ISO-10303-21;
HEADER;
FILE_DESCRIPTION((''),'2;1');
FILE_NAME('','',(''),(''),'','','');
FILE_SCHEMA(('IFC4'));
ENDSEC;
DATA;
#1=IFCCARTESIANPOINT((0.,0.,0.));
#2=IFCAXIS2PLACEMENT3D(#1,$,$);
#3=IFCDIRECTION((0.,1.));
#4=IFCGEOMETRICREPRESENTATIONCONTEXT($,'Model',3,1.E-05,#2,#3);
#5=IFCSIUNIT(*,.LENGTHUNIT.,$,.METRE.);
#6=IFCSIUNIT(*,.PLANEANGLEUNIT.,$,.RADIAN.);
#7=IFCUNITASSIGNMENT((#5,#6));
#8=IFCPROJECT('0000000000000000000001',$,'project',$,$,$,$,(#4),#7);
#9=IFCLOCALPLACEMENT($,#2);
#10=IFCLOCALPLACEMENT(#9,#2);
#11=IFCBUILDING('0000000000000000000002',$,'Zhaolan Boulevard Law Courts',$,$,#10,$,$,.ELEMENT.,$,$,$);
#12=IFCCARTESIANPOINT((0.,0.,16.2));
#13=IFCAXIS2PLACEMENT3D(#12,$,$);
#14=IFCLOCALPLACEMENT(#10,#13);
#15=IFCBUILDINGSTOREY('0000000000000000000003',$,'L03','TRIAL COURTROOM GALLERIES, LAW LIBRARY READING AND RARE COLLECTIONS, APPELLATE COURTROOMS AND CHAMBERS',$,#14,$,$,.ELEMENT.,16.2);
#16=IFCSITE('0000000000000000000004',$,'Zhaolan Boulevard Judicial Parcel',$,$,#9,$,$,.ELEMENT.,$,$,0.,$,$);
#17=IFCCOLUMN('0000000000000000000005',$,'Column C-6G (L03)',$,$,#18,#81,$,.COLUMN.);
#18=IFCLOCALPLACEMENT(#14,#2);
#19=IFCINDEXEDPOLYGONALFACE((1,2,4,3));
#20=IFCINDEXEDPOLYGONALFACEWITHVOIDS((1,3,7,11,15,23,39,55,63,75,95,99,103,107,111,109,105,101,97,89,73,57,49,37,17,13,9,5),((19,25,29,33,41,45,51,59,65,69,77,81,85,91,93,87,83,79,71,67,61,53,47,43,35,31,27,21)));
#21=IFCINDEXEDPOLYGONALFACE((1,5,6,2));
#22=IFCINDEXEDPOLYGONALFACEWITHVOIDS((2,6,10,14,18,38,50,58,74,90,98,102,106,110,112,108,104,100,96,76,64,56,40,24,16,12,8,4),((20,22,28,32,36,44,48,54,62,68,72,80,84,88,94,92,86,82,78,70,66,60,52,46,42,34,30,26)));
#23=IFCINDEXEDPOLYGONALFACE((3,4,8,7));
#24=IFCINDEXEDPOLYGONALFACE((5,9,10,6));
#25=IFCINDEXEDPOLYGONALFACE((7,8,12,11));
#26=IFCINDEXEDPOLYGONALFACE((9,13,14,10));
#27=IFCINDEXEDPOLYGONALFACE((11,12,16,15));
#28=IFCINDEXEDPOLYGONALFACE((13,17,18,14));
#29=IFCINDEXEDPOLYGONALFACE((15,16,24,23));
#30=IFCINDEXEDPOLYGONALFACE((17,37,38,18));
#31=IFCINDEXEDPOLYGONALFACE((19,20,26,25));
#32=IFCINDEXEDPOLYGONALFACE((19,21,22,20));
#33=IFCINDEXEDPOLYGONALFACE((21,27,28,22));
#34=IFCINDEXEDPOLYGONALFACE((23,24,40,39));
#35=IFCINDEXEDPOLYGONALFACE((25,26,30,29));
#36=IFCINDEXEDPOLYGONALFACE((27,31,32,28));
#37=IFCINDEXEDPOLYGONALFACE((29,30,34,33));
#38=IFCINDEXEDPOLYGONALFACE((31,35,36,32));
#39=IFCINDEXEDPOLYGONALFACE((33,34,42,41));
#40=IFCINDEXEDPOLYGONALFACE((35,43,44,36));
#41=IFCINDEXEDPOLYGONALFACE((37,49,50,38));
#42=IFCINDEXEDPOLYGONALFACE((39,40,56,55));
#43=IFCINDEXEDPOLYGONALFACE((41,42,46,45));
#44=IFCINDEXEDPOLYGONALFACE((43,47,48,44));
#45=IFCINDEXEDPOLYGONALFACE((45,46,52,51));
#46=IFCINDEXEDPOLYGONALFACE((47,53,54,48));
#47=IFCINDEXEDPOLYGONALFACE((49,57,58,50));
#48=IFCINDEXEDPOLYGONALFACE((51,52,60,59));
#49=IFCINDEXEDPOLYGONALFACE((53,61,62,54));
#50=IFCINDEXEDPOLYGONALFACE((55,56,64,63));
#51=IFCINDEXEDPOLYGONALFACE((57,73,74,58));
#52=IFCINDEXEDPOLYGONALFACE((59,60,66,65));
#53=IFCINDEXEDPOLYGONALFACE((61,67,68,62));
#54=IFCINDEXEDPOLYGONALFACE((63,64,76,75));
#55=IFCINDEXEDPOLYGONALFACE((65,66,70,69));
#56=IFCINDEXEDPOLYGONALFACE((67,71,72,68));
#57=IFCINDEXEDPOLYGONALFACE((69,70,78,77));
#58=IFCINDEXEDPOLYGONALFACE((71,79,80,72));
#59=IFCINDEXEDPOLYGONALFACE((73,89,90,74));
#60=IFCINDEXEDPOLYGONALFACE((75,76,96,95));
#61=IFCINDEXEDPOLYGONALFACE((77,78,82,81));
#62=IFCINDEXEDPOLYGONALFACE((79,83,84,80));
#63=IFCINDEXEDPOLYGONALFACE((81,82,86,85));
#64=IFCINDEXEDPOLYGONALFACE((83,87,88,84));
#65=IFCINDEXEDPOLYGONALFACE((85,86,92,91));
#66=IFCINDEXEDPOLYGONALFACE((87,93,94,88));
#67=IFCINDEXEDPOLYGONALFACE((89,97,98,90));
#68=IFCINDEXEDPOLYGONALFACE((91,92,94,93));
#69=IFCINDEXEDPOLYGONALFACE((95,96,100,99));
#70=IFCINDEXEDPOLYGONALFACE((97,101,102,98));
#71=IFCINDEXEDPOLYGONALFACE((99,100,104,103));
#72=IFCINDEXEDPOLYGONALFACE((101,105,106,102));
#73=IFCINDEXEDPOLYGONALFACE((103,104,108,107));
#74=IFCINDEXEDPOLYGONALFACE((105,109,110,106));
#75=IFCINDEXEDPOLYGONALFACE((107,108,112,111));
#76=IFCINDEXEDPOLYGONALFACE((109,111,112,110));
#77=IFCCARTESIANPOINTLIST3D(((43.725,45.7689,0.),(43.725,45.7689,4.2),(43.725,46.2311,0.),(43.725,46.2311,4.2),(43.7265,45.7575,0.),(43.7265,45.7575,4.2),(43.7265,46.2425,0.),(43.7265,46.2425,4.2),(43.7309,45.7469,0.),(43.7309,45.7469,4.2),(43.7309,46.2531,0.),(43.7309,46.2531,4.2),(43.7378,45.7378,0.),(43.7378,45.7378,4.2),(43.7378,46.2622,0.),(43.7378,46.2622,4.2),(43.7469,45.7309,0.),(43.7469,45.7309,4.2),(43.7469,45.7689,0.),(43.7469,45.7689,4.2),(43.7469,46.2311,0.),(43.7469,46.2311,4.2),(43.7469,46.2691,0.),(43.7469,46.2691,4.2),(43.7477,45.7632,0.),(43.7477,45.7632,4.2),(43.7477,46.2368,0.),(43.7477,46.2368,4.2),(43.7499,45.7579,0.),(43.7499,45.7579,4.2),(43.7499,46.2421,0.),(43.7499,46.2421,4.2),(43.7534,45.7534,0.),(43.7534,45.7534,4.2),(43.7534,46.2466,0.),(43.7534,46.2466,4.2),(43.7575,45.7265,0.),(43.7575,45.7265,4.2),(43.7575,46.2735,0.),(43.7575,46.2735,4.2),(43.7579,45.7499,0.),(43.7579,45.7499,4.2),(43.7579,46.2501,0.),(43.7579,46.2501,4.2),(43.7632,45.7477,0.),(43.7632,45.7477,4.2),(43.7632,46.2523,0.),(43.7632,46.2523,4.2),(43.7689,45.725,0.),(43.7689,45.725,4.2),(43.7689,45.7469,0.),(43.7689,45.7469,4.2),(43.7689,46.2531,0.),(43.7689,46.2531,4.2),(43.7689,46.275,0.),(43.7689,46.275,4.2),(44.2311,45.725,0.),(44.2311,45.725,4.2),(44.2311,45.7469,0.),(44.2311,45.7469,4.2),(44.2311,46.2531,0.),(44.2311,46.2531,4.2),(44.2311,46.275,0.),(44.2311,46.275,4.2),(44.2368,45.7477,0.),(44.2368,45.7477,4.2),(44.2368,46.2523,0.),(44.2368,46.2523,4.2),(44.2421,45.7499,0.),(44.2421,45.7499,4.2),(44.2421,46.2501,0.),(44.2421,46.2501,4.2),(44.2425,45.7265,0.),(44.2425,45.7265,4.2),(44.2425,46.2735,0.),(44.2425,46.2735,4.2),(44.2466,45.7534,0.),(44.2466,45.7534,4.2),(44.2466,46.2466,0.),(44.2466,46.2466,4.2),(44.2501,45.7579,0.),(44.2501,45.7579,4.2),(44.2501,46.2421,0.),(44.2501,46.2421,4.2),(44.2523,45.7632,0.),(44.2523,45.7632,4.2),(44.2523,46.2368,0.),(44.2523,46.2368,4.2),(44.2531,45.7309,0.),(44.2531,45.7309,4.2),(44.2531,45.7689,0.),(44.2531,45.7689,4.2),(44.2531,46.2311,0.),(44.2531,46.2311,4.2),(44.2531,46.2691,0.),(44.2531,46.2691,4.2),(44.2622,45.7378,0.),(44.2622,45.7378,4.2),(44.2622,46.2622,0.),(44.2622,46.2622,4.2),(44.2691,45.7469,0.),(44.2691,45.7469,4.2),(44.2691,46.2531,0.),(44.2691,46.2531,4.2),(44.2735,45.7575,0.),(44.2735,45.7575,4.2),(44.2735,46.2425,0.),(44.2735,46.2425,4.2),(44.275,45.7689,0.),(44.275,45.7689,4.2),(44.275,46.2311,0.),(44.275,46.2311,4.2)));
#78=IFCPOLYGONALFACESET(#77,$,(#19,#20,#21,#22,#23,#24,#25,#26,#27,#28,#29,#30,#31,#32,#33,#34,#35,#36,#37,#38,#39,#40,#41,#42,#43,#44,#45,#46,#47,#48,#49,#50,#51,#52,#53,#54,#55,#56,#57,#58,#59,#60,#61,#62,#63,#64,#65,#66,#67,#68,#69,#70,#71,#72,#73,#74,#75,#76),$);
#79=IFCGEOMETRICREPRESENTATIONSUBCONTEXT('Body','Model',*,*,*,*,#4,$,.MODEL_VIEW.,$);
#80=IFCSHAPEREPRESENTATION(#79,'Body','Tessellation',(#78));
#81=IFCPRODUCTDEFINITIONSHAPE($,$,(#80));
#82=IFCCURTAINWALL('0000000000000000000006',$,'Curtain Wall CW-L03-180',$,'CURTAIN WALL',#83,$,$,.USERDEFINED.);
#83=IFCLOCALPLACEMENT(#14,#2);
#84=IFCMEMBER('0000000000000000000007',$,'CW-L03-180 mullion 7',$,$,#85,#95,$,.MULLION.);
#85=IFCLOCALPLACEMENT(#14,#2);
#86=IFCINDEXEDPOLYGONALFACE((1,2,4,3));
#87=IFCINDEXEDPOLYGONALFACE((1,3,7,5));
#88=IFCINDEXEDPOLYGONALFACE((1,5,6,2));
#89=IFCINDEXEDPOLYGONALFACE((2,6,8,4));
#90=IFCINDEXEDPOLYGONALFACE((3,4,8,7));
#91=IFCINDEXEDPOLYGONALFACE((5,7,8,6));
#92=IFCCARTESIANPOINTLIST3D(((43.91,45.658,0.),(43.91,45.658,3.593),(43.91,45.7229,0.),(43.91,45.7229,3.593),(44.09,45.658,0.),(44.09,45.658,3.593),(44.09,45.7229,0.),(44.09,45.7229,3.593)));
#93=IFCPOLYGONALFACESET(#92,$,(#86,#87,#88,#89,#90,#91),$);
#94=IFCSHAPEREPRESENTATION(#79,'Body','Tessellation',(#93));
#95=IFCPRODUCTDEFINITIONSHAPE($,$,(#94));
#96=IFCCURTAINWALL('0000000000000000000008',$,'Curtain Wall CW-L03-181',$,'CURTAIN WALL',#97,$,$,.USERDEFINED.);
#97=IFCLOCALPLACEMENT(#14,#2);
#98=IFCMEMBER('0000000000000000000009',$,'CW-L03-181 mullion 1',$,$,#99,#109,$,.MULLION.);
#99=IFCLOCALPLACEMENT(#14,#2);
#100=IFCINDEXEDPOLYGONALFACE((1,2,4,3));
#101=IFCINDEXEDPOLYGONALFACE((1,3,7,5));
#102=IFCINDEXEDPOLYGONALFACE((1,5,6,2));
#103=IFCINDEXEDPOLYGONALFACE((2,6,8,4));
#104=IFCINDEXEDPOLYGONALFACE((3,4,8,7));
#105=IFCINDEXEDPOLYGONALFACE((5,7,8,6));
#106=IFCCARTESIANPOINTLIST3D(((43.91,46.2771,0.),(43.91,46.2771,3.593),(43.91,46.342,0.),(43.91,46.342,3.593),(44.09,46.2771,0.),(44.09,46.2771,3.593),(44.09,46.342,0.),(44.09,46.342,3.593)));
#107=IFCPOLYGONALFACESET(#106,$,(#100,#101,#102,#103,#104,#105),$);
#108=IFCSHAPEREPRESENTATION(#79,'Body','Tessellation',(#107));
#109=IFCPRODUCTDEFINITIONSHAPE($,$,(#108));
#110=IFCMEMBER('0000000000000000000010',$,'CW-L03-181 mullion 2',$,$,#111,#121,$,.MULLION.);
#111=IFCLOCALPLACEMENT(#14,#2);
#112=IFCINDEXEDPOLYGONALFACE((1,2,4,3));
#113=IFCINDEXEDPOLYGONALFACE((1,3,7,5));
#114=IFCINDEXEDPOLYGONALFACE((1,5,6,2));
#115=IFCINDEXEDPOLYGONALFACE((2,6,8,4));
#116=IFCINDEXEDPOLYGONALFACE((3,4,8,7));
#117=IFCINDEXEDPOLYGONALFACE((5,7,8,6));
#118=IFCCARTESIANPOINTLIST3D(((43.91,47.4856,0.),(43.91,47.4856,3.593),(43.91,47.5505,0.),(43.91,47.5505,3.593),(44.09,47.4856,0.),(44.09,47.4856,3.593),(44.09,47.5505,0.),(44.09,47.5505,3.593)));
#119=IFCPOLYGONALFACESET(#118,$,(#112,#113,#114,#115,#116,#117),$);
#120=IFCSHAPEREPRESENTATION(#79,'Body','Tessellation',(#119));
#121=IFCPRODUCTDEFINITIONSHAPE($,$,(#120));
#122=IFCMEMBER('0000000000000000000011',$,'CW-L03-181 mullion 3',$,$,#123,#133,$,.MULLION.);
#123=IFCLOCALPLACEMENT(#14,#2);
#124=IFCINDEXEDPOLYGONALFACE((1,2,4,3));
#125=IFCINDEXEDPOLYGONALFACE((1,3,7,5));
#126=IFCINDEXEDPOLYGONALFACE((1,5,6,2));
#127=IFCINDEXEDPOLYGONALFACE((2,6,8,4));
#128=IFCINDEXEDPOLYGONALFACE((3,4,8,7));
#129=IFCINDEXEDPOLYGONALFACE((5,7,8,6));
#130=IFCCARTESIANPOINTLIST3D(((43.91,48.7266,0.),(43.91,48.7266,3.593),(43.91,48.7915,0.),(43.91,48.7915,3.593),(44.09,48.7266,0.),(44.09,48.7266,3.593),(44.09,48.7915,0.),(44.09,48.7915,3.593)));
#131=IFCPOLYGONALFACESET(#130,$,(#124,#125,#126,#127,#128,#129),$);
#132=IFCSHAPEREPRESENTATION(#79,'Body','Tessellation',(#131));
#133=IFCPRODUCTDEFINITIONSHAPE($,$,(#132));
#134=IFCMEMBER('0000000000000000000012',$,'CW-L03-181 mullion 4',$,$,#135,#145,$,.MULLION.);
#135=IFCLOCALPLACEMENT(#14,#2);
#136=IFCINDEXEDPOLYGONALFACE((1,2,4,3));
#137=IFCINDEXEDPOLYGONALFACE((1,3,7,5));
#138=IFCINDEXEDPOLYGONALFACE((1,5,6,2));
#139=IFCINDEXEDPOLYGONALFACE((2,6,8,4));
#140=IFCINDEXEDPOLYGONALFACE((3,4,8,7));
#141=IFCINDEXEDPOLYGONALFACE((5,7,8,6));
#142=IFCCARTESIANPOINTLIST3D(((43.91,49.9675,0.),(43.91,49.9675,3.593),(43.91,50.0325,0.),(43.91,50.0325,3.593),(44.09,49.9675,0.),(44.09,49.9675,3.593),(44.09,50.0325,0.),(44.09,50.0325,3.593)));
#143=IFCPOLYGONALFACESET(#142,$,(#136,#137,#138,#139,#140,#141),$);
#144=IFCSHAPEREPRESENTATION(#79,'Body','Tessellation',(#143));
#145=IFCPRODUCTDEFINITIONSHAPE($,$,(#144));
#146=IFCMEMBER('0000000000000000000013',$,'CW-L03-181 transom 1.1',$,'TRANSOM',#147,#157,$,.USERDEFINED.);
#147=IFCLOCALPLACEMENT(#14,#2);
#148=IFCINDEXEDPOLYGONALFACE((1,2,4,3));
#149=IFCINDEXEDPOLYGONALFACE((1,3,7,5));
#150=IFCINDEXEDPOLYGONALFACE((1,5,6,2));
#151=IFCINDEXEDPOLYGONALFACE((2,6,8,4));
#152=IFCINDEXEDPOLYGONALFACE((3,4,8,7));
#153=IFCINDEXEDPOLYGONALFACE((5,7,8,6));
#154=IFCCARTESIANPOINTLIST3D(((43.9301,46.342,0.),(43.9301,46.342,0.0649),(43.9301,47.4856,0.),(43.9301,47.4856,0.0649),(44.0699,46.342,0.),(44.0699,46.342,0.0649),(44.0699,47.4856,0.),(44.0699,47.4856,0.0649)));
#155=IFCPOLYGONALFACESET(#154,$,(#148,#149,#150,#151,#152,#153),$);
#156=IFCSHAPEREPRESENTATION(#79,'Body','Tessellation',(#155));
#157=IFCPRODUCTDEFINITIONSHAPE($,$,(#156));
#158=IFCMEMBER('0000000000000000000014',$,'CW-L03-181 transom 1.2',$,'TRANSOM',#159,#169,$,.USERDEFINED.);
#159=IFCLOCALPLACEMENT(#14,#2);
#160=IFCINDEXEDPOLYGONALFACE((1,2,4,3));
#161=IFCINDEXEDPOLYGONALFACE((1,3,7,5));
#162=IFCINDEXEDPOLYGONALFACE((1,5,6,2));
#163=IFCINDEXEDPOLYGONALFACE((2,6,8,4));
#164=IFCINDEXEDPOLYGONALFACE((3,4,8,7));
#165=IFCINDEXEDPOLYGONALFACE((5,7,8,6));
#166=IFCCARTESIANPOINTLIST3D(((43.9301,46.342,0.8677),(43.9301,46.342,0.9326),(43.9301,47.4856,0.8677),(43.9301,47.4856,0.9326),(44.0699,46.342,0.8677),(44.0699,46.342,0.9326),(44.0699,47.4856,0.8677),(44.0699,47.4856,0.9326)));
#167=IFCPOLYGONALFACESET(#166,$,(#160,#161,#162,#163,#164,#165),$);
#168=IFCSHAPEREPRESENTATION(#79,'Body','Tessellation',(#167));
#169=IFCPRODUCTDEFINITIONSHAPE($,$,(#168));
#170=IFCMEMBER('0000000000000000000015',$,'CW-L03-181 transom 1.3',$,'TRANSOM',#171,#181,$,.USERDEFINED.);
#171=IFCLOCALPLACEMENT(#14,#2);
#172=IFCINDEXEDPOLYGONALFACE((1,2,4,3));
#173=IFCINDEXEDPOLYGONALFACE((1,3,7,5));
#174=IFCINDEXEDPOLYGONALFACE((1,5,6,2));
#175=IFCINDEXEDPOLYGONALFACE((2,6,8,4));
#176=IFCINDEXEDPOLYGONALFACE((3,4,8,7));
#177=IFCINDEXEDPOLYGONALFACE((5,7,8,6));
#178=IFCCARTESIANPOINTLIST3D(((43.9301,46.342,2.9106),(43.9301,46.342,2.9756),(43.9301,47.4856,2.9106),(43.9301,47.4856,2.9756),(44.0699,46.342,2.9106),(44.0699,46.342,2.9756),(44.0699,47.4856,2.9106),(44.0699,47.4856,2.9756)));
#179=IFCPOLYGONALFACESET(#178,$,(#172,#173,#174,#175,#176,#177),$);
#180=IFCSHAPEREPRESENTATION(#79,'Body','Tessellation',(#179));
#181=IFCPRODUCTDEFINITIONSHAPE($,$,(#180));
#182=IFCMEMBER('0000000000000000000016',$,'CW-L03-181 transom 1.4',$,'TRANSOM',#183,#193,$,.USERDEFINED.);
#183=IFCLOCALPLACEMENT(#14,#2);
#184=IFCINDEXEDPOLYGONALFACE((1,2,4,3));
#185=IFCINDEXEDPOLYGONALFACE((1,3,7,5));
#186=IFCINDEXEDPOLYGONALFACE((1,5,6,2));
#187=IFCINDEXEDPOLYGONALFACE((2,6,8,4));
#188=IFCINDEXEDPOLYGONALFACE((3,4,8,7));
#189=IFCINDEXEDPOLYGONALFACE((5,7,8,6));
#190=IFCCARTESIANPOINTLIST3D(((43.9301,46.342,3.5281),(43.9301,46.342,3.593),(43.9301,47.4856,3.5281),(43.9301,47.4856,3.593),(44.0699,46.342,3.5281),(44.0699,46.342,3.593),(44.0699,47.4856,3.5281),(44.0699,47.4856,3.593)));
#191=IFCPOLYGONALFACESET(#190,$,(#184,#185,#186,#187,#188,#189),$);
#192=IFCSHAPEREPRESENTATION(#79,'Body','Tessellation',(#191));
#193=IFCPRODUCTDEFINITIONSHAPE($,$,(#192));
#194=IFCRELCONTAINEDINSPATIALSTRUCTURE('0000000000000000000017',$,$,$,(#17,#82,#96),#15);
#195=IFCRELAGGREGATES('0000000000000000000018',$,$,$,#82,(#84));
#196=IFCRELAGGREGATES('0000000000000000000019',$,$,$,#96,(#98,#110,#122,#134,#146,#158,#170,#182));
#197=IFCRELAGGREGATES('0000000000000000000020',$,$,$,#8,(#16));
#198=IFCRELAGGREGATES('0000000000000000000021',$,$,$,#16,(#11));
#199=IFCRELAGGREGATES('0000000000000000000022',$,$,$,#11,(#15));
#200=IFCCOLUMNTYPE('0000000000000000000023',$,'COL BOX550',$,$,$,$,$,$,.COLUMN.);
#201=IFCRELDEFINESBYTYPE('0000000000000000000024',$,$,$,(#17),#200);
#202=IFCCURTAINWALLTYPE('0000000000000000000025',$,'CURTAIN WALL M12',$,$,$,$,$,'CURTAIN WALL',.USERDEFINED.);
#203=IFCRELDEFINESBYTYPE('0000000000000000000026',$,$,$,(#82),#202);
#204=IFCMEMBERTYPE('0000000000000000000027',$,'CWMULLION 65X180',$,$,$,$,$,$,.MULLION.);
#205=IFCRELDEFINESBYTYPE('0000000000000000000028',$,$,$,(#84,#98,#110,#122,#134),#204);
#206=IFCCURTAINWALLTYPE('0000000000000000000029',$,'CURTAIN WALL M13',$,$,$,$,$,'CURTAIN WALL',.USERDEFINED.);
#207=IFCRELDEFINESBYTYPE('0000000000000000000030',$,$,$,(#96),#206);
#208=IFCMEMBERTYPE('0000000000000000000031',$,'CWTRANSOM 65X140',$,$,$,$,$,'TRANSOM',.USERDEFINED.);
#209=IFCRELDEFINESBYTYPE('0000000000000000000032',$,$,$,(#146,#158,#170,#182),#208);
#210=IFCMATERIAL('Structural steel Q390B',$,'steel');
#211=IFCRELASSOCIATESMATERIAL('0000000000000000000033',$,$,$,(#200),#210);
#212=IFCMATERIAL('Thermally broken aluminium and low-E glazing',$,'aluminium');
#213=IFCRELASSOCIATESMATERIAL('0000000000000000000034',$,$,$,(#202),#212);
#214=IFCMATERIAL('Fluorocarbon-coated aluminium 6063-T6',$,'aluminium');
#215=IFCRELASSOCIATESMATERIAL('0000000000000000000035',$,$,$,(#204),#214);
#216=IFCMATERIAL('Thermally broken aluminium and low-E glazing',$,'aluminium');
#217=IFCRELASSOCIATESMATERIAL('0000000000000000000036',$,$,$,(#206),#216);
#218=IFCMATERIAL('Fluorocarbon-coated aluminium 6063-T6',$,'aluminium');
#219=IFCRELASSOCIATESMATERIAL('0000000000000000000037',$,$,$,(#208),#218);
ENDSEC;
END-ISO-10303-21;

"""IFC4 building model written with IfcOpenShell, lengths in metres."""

from ifc_helpers import new_model, si_unit, direction, frame, origin, origin_2d, place, context, subcontext, project, spatial, rectangle, hollow_rectangle, extrude, material, material_profile, profile_set, type_object, element, aggregate, save


model = new_model("IFC4")

# Units and contexts
model_context = context("Model", 3, precision=1e-05, world=origin(), true_north=direction((0.0, 1.0)))
body_context = subcontext(model_context, "Body", "Model", "MODEL_VIEW")
ifc_project = project(units=[si_unit("LENGTHUNIT", "METRE"), si_unit("PLANEANGLEUNIT", "RADIAN")], contexts=[model_context])

# Site, building, storey
site_placement = place(None, origin())
site = spatial("IfcSite", under=ifc_project, at=site_placement, Name="Zhaolan Boulevard Judicial Parcel", CompositionType="ELEMENT", RefElevation=0.0)
building_placement = place(site_placement, origin())
building = spatial("IfcBuilding", under=site, at=building_placement, Name="Zhaolan Boulevard Law Courts", CompositionType="ELEMENT")
storey_placement = place(building_placement, frame((0.0, 0.0, 16.2)))
storey = spatial("IfcBuildingStorey", under=building, at=storey_placement, Name="L03", Description="TRIAL COURTROOM GALLERIES, LAW LIBRARY READING AND RARE COLLECTIONS, APPELLATE COURTROOMS AND CHAMBERS", CompositionType="ELEMENT", Elevation=16.2)

# Column
ifc_material_1 = material(Name="Structural steel Q390B", Category="steel")
ifc_material_profile_1 = material_profile(ifc_material_1, hollow_rectangle(XDim=0.55, YDim=0.55, WallThickness=0.022, InnerFilletRadius=0.022, OuterFilletRadius=0.0439, at=origin_2d()), Name="BOX550x550x22")
ifc_profile_set_1 = profile_set([ifc_material_profile_1], Name="Structural steel Q390B")
column_type = type_object("IfcColumnType", Name="COL BOX550", PredefinedType="COLUMN", material=ifc_profile_set_1)
column_placement = place(storey_placement, frame((44.0, 46.0, 0.0), z_axis=(0.0, 0.0, 1.0), x_axis=(1.0, 0.0, 0.0)))
element("IfcColumn", 1, at=column_placement, inside=storey, type_object=column_type, Name="Column C-6G (L03)", PredefinedType="COLUMN", context=body_context, shape_type="SweptSolid", body=[
    extrude(hollow_rectangle(XDim=0.55, YDim=0.55, WallThickness=0.022, InnerFilletRadius=0.022, OuterFilletRadius=0.0439, at=origin_2d()), origin(), (0.0, 0.0, 1.0), 4.2),
])

# Curtain wall, member
ifc_material_2 = material(Name="Thermally broken aluminium and low-E glazing", Category="aluminium")
curtain_wall_type_1 = type_object("IfcCurtainWallType", Name="CURTAIN WALL M12", ElementType="CURTAIN WALL", PredefinedType="USERDEFINED", material=ifc_material_2)
curtain_wall_1_placement = place(storey_placement, origin())
curtain_wall_1 = element("IfcCurtainWall", 2, at=curtain_wall_1_placement, inside=storey, type_object=curtain_wall_type_1, Name="Curtain Wall CW-L03-180", ObjectType="CURTAIN WALL", PredefinedType="USERDEFINED")
ifc_material_3 = material(Name="Fluorocarbon-coated aluminium 6063-T6", Category="aluminium")
ifc_material_profile_2 = material_profile(ifc_material_3, rectangle(XDim=0.1799, YDim=0.0649, at=origin_2d()), Name="AL65x180")
ifc_profile_set_2 = profile_set([ifc_material_profile_2], Name="Fluorocarbon-coated aluminium 6063-T6")
member_type_1 = type_object("IfcMemberType", Name="CWMULLION 65X180", PredefinedType="MULLION", material=ifc_profile_set_2)
member_1_placement = place(storey_placement, frame((44.0, 45.6904, 0.0), z_axis=(0.0, 0.0, 1.0), x_axis=(-1.0, 0.0, 0.0)))
member_1 = element("IfcMember", 3, at=member_1_placement, type_object=member_type_1, Name="CW-L03-180 mullion 7", PredefinedType="MULLION", context=body_context, shape_type="SweptSolid", body=[
    extrude(rectangle(XDim=0.1799, YDim=0.0649, at=origin_2d()), origin(), (0.0, 0.0, 1.0), 3.593),
])
aggregate(curtain_wall_1, [member_1])

# Curtain wall, members
ifc_material_4 = material(Name="Thermally broken aluminium and low-E glazing", Category="aluminium")
curtain_wall_type_2 = type_object("IfcCurtainWallType", Name="CURTAIN WALL M13", ElementType="CURTAIN WALL", PredefinedType="USERDEFINED", material=ifc_material_4)
curtain_wall_2_placement = place(storey_placement, origin())
curtain_wall_2 = element("IfcCurtainWall", 4, at=curtain_wall_2_placement, inside=storey, type_object=curtain_wall_type_2, Name="Curtain Wall CW-L03-181", ObjectType="CURTAIN WALL", PredefinedType="USERDEFINED")
member_2_placement = place(storey_placement, frame((44.0, 46.3096, 0.0), z_axis=(0.0, 0.0, 1.0), x_axis=(-1.0, 0.0, 0.0)))
member_2 = element("IfcMember", 5, at=member_2_placement, type_object=member_type_1, Name="CW-L03-181 mullion 1", PredefinedType="MULLION", context=body_context, shape_type="SweptSolid", body=[
    extrude(rectangle(XDim=0.1799, YDim=0.0649, at=origin_2d()), origin(), (0.0, 0.0, 1.0), 3.593),
])
member_3_placement = place(storey_placement, frame((44.0, 47.5181, 0.0), z_axis=(0.0, 0.0, 1.0), x_axis=(-1.0, 0.0, 0.0)))
member_3 = element("IfcMember", 6, at=member_3_placement, type_object=member_type_1, Name="CW-L03-181 mullion 2", PredefinedType="MULLION", context=body_context, shape_type="SweptSolid", body=[
    extrude(rectangle(XDim=0.1799, YDim=0.0649, at=origin_2d()), origin(), (0.0, 0.0, 1.0), 3.593),
])
member_4_placement = place(storey_placement, frame((44.0, 48.759, 0.0), z_axis=(0.0, 0.0, 1.0), x_axis=(-1.0, 0.0, 0.0)))
member_4 = element("IfcMember", 7, at=member_4_placement, type_object=member_type_1, Name="CW-L03-181 mullion 3", PredefinedType="MULLION", context=body_context, shape_type="SweptSolid", body=[
    extrude(rectangle(XDim=0.1799, YDim=0.0649, at=origin_2d()), origin(), (0.0, 0.0, 1.0), 3.593),
])
member_5_placement = place(storey_placement, frame((44.0, 50.0, 0.0), z_axis=(0.0, 0.0, 1.0), x_axis=(-1.0, 0.0, 0.0)))
member_5 = element("IfcMember", 8, at=member_5_placement, type_object=member_type_1, Name="CW-L03-181 mullion 4", PredefinedType="MULLION", context=body_context, shape_type="SweptSolid", body=[
    extrude(rectangle(XDim=0.1799, YDim=0.0649, at=origin_2d()), origin(), (0.0, 0.0, 1.0), 3.593),
])
ifc_material_5 = material(Name="Fluorocarbon-coated aluminium 6063-T6", Category="aluminium")
ifc_material_profile_3 = material_profile(ifc_material_5, rectangle(XDim=0.1399, YDim=0.0649, at=origin_2d()), Name="AL65x140")
ifc_profile_set_3 = profile_set([ifc_material_profile_3], Name="Fluorocarbon-coated aluminium 6063-T6")
member_type_2 = type_object("IfcMemberType", Name="CWTRANSOM 65X140", ElementType="TRANSOM", PredefinedType="USERDEFINED", material=ifc_profile_set_3)
member_6_placement = place(storey_placement, frame((44.0, 46.342, 0.0325), z_axis=(0.0, 1.0, 0.0), x_axis=(-1.0, 0.0, 0.0)))
member_6 = element("IfcMember", 9, at=member_6_placement, type_object=member_type_2, Name="CW-L03-181 transom 1.1", ObjectType="TRANSOM", PredefinedType="USERDEFINED", context=body_context, shape_type="SweptSolid", body=[
    extrude(rectangle(XDim=0.1399, YDim=0.0649, at=origin_2d()), origin(), (0.0, 0.0, 1.0), 1.1436),
])
member_7_placement = place(storey_placement, frame((44.0, 46.342, 0.9001), z_axis=(0.0, 1.0, 0.0), x_axis=(-1.0, 0.0, 0.0)))
member_7 = element("IfcMember", 10, at=member_7_placement, type_object=member_type_2, Name="CW-L03-181 transom 1.2", ObjectType="TRANSOM", PredefinedType="USERDEFINED", context=body_context, shape_type="SweptSolid", body=[
    extrude(rectangle(XDim=0.1399, YDim=0.0649, at=origin_2d()), origin(), (0.0, 0.0, 1.0), 1.1436),
])
member_8_placement = place(storey_placement, frame((44.0, 46.342, 2.9431), z_axis=(0.0, 1.0, 0.0), x_axis=(-1.0, 0.0, 0.0)))
member_8 = element("IfcMember", 11, at=member_8_placement, type_object=member_type_2, Name="CW-L03-181 transom 1.3", ObjectType="TRANSOM", PredefinedType="USERDEFINED", context=body_context, shape_type="SweptSolid", body=[
    extrude(rectangle(XDim=0.1399, YDim=0.0649, at=origin_2d()), origin(), (0.0, 0.0, 1.0), 1.1436),
])
member_9_placement = place(storey_placement, frame((44.0, 46.342, 3.5605), z_axis=(0.0, 1.0, 0.0), x_axis=(-1.0, 0.0, 0.0)))
member_9 = element("IfcMember", 12, at=member_9_placement, type_object=member_type_2, Name="CW-L03-181 transom 1.4", ObjectType="TRANSOM", PredefinedType="USERDEFINED", context=body_context, shape_type="SweptSolid", body=[
    extrude(rectangle(XDim=0.1399, YDim=0.0649, at=origin_2d()), origin(), (0.0, 0.0, 1.0), 1.1436),
])

aggregate(curtain_wall_2, [member_2, member_3, member_4, member_5, member_6, member_7, member_8, member_9])

save(model, "model.ifc")
